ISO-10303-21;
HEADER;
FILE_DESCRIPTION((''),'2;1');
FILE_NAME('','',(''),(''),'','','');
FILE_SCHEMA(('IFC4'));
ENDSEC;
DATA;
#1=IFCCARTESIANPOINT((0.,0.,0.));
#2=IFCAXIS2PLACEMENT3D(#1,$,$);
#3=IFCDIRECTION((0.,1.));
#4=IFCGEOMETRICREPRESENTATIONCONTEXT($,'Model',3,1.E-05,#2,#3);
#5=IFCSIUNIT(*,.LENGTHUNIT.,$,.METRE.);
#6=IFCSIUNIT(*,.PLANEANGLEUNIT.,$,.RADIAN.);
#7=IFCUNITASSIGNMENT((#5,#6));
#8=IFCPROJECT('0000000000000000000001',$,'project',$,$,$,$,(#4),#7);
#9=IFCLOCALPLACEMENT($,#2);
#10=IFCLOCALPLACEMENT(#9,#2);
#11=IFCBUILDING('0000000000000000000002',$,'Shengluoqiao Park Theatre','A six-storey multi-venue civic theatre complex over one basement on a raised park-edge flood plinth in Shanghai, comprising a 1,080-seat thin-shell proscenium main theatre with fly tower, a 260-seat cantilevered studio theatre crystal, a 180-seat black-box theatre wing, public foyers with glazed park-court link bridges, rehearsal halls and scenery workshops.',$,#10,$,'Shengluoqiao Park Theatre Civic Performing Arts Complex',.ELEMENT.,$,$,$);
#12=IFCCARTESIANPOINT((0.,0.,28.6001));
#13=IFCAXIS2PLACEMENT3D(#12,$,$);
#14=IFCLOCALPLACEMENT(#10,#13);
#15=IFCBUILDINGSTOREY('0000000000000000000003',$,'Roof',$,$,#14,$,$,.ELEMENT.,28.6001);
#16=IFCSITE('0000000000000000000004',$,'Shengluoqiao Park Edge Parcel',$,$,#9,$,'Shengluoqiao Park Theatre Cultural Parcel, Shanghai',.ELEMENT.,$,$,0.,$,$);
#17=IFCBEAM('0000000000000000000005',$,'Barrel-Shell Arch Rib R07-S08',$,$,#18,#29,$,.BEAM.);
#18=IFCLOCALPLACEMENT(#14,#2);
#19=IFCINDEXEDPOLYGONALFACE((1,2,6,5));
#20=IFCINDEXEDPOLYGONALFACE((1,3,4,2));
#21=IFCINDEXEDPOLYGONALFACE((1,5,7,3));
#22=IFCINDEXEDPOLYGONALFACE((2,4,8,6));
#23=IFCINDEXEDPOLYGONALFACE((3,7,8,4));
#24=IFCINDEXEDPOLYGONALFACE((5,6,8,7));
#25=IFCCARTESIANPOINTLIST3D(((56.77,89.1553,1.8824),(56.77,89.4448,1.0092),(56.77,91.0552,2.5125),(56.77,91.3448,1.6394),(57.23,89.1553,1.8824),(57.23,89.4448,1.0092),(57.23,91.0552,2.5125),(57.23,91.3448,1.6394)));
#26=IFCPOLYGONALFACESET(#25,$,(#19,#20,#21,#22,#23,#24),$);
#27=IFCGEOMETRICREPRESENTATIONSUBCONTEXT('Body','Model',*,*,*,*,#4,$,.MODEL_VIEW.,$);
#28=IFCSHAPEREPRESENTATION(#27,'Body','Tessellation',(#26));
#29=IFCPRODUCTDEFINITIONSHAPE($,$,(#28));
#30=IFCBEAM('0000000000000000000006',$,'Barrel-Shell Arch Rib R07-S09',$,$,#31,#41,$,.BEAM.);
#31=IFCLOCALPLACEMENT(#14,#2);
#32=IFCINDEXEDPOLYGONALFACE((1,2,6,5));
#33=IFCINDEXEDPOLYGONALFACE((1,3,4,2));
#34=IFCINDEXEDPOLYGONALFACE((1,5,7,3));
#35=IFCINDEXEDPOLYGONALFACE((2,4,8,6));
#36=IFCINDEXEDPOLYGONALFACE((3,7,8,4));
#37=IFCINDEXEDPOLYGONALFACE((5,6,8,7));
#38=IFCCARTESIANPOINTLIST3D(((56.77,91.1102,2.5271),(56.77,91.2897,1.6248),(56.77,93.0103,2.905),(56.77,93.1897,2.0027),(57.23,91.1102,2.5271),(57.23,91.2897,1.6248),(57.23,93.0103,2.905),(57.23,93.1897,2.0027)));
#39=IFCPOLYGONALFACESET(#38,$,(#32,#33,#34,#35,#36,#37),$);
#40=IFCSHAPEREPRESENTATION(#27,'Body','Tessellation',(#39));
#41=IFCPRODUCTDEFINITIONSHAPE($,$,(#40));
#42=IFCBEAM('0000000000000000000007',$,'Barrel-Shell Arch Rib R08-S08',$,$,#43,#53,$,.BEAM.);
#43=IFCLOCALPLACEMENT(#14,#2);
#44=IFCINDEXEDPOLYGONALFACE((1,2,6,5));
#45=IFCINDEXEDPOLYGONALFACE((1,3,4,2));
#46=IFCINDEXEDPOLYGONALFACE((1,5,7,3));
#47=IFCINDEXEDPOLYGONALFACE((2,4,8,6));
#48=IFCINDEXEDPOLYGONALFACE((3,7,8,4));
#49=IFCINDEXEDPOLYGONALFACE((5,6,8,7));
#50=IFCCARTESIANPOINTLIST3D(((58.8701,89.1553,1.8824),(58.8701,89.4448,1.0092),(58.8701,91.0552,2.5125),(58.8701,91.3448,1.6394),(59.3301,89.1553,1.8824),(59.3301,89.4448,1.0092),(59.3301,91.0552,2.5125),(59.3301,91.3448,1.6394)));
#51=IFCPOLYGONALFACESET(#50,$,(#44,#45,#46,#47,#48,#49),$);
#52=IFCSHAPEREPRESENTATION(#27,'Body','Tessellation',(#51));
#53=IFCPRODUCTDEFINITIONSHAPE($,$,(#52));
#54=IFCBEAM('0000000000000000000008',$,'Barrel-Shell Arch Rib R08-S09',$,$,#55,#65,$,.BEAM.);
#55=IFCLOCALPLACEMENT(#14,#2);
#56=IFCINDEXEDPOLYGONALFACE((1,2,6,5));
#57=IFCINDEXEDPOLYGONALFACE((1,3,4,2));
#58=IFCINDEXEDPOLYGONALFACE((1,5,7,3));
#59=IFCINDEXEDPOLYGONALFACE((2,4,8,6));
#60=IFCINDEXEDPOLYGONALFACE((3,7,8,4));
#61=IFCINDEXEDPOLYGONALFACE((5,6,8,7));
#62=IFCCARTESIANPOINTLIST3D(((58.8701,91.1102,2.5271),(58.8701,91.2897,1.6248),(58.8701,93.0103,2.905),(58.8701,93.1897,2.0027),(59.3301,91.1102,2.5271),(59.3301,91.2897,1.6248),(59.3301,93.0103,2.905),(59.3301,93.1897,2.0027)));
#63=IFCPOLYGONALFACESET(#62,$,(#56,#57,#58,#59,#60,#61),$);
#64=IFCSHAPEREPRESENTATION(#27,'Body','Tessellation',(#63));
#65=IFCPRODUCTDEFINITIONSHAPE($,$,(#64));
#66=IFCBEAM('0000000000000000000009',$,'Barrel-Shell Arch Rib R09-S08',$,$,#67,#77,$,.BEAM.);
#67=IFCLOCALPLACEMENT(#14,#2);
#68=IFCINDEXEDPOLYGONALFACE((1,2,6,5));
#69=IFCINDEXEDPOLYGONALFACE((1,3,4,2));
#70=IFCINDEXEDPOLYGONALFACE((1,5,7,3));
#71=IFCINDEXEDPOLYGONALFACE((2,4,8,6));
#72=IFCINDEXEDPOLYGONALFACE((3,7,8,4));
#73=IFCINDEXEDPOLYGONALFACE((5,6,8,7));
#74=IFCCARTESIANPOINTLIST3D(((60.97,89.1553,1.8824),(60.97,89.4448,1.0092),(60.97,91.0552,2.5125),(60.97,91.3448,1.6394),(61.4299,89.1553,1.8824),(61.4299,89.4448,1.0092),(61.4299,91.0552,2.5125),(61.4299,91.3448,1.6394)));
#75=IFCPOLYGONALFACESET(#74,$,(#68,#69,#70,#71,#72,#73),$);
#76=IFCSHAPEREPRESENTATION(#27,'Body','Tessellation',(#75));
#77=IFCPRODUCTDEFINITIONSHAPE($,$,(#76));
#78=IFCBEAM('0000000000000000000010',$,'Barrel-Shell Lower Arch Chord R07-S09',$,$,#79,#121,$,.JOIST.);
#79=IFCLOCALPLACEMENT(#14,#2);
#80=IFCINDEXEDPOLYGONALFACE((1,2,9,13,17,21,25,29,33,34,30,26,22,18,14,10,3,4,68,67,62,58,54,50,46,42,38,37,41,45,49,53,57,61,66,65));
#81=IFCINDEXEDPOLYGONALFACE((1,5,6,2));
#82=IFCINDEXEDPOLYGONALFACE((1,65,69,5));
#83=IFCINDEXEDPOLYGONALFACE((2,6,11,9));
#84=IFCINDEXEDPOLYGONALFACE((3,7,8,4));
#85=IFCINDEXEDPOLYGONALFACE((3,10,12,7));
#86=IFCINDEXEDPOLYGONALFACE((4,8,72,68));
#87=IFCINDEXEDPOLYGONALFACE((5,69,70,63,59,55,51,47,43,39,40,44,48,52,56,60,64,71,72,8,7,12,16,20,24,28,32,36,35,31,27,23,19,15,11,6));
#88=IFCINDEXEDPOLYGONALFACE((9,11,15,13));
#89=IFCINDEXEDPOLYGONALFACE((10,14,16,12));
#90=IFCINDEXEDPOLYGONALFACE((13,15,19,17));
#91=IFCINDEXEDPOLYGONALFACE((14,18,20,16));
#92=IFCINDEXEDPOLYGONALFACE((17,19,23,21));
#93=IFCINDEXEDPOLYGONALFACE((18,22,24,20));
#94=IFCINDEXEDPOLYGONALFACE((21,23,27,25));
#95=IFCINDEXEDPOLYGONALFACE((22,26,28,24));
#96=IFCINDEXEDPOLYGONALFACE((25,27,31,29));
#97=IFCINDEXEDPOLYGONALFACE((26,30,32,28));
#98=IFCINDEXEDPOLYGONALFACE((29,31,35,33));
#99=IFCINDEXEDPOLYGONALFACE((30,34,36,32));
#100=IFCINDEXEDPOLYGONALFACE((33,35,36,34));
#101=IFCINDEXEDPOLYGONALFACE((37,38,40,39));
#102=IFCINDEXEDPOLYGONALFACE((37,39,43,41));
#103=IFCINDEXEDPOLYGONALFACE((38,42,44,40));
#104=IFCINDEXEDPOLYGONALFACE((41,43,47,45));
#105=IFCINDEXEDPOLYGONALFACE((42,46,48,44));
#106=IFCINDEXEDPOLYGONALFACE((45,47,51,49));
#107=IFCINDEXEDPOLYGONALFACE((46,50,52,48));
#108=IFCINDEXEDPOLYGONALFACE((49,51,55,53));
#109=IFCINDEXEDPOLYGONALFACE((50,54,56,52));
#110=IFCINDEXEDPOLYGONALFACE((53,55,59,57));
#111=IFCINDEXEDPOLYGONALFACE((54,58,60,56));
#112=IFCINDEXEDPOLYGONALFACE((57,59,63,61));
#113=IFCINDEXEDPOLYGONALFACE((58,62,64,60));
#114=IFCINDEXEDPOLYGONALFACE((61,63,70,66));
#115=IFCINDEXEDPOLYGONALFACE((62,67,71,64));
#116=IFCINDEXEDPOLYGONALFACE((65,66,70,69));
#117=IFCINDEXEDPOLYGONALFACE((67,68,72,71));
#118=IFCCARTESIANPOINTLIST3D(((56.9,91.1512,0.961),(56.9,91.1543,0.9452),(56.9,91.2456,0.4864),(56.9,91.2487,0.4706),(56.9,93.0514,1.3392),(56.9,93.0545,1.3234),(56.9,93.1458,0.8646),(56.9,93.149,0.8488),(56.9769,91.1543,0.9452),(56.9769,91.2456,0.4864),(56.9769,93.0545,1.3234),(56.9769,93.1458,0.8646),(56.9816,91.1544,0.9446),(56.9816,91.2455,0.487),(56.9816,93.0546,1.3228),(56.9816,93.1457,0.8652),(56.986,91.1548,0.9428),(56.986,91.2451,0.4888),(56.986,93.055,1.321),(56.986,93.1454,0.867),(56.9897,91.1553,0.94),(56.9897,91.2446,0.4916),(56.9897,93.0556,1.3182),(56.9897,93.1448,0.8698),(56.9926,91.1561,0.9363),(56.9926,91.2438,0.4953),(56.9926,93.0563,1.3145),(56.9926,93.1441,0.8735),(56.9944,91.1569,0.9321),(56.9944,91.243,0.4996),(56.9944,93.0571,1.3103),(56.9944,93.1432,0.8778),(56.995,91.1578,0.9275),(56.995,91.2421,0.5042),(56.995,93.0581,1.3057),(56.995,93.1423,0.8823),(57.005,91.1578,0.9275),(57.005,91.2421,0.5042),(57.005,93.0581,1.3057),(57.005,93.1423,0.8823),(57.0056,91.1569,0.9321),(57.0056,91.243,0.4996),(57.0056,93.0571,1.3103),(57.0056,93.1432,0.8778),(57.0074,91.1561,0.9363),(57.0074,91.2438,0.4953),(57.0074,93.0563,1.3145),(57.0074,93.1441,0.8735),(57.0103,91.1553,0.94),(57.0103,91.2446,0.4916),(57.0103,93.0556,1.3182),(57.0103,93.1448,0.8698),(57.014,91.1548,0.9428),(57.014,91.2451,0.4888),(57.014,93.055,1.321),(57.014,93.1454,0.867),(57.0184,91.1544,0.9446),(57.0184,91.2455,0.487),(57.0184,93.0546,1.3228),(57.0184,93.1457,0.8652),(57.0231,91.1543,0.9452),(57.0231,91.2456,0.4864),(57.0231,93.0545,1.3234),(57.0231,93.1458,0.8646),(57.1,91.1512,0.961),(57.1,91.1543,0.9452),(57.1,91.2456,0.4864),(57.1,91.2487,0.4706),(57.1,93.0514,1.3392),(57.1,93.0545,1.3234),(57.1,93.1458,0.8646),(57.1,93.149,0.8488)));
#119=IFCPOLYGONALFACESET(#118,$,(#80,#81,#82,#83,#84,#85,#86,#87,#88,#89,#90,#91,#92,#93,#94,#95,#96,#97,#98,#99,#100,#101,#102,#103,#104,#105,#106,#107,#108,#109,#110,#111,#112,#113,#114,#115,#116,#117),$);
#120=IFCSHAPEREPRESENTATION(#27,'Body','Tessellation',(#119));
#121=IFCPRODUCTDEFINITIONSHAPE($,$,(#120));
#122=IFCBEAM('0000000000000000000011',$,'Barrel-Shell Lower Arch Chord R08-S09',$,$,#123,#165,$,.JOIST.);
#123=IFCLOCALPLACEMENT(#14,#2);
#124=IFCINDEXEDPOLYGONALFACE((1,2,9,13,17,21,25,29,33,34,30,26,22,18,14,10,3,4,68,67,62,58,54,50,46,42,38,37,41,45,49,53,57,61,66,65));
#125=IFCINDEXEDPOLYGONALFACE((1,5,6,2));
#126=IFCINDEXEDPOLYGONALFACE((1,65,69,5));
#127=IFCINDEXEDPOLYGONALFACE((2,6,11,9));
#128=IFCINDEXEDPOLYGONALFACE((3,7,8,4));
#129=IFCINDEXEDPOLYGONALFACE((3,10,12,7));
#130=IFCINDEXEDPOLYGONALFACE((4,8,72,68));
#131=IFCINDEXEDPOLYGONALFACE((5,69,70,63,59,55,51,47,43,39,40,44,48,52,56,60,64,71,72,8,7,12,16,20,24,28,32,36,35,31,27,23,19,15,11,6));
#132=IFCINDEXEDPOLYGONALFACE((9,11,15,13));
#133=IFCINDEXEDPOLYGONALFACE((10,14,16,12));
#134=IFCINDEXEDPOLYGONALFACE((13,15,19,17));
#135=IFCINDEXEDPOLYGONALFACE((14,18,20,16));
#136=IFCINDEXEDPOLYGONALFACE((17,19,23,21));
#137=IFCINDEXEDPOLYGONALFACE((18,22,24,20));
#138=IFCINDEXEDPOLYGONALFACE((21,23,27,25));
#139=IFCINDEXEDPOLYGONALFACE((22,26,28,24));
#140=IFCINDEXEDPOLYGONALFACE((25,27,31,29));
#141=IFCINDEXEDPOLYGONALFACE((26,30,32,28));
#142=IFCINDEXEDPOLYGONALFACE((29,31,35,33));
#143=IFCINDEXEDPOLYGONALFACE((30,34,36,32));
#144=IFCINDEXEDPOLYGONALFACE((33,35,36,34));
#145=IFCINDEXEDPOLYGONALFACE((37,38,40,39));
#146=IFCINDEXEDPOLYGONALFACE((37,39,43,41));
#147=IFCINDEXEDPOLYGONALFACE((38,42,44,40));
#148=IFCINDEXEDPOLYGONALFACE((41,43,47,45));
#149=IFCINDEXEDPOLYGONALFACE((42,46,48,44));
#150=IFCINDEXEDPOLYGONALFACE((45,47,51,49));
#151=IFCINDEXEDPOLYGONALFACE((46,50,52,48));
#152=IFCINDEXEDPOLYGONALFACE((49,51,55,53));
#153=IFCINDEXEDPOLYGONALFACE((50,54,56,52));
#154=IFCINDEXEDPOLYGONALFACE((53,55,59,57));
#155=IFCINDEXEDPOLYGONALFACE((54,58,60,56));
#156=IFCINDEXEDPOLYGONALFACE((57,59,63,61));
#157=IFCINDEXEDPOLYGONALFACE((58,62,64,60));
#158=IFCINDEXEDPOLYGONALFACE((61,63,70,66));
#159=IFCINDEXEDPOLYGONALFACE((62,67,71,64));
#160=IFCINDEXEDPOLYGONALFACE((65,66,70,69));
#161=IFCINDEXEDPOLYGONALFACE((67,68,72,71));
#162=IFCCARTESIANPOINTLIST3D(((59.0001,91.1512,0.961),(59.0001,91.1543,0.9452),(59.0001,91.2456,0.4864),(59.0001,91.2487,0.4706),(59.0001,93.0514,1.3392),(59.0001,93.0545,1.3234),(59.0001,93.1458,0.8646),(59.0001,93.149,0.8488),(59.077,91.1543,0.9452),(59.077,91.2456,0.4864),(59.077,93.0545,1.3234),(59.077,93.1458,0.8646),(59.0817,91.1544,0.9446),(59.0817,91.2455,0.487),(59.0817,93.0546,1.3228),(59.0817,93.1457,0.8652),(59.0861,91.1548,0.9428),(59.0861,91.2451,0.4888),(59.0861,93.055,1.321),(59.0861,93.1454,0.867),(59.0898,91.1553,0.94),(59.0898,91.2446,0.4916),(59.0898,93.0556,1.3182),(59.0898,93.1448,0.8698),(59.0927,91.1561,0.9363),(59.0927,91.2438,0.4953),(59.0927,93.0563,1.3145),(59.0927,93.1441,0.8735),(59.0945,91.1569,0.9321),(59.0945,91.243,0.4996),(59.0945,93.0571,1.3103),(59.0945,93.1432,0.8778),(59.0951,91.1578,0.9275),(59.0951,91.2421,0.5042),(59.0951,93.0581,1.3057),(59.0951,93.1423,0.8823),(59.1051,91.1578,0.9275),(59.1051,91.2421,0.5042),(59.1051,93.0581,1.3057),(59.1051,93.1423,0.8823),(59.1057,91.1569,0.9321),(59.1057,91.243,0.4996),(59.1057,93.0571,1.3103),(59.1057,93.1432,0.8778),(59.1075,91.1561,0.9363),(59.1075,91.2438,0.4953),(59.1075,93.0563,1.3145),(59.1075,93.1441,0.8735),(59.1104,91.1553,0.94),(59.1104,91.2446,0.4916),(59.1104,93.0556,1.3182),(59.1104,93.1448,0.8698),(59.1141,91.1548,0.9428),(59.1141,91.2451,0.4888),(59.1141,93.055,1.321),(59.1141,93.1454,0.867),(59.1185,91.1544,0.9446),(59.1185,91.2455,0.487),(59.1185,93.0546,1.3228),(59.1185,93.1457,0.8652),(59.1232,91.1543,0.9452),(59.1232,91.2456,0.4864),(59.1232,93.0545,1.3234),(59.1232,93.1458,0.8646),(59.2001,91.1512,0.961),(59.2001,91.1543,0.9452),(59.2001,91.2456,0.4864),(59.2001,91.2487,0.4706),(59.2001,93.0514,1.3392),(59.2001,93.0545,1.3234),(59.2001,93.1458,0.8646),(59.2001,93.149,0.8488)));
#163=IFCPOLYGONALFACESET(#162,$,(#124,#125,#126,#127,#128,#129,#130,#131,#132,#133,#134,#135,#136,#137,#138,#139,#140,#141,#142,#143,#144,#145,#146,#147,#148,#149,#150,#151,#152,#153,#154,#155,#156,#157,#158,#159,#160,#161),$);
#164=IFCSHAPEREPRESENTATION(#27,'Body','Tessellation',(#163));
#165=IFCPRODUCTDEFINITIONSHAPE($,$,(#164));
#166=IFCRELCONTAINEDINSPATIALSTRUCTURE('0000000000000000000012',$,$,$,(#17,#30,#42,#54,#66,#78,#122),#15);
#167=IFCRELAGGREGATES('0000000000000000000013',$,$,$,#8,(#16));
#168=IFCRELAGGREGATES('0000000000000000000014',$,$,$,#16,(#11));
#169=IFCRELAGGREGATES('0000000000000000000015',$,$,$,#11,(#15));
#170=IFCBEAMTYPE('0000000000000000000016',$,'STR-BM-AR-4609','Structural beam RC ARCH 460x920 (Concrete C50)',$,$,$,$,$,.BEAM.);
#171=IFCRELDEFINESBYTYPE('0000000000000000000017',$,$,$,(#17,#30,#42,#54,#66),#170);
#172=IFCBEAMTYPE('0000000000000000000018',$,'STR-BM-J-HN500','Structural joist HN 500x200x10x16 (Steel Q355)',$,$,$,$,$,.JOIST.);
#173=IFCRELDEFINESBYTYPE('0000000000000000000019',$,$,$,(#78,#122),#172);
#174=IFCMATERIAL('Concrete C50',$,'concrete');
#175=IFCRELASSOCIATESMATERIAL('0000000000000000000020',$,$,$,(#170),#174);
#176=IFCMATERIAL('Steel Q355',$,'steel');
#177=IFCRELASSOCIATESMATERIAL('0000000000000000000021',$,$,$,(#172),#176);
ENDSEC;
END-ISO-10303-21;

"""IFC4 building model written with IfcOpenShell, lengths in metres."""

from ifc_helpers import new_model, si_unit, direction, frame, origin, origin_2d, place, context, subcontext, project, spatial, rectangle, i_section, extrude, material, material_profile, profile_set, type_object, element, save


model = new_model("IFC4")

# Units and contexts
model_context = context("Model", 3, precision=1e-05, world=origin(), true_north=direction((0.0, 1.0)))
body_context = subcontext(model_context, "Body", "Model", "MODEL_VIEW")
ifc_project = project(units=[si_unit("LENGTHUNIT", "METRE"), si_unit("PLANEANGLEUNIT", "RADIAN")], contexts=[model_context])

# Site, building, storey
site_placement = place(None, origin())
site = spatial("IfcSite", under=ifc_project, at=site_placement, Name="Shengluoqiao Park Edge Parcel", LongName="Shengluoqiao Park Theatre Cultural Parcel, Shanghai", CompositionType="ELEMENT", RefElevation=0.0)
building_placement = place(site_placement, origin())
building = spatial("IfcBuilding", under=site, at=building_placement, Name="Shengluoqiao Park Theatre", Description="A six-storey multi-venue civic theatre complex over one basement on a raised park-edge flood plinth in Shanghai, comprising a 1,080-seat thin-shell proscenium main theatre with fly tower, a 260-seat cantilevered studio theatre crystal, a 180-seat black-box theatre wing, public foyers with glazed park-court link bridges, rehearsal halls and scenery workshops.", LongName="Shengluoqiao Park Theatre Civic Performing Arts Complex", CompositionType="ELEMENT")
storey_placement = place(building_placement, frame((0.0, 0.0, 28.6001)))
storey = spatial("IfcBuildingStorey", under=building, at=storey_placement, Name="Roof", CompositionType="ELEMENT", Elevation=28.6001)

# Beams
ifc_material_1 = material(Name="Concrete C50", Category="concrete")
ifc_material_profile_1 = material_profile(ifc_material_1, rectangle(XDim=0.46, YDim=0.9199, at=origin_2d()), Name="RC ARCH 460x920")
ifc_profile_set_1 = profile_set([ifc_material_profile_1], Name="Concrete C50")
beam_type_1 = type_object("IfcBeamType", Name="STR-BM-AR-4609", Description="Structural beam RC ARCH 460x920 (Concrete C50)", PredefinedType="BEAM", material=ifc_profile_set_1)
beam_1_placement = place(storey_placement, frame((57.0, 89.3, 1.4458), z_axis=(0.0, 0.949158, 0.3148), x_axis=(-1.0, 0.0, 0.0)))
element("IfcBeam", 1, at=beam_1_placement, inside=storey, type_object=beam_type_1, Name="Barrel-Shell Arch Rib R07-S08", PredefinedType="BEAM", context=body_context, shape_type="SweptSolid", body=[
    extrude(rectangle(XDim=0.46, YDim=0.9199, at=origin_2d()), origin(), (0.0, 0.0, 1.0), 2.0017),
])
beam_2_placement = place(storey_placement, frame((57.0, 91.2, 2.0759), z_axis=(0.0, 0.980789, 0.195074), x_axis=(-1.0, 0.0, 0.0)))
element("IfcBeam", 2, at=beam_2_placement, inside=storey, type_object=beam_type_1, Name="Barrel-Shell Arch Rib R07-S09", PredefinedType="BEAM", context=body_context, shape_type="SweptSolid", body=[
    extrude(rectangle(XDim=0.46, YDim=0.9199, at=origin_2d()), origin(), (0.0, 0.0, 1.0), 1.9373),
])
beam_3_placement = place(storey_placement, frame((59.1001, 89.3, 1.4458), z_axis=(0.0, 0.949158, 0.3148), x_axis=(-1.0, 0.0, 0.0)))
element("IfcBeam", 3, at=beam_3_placement, inside=storey, type_object=beam_type_1, Name="Barrel-Shell Arch Rib R08-S08", PredefinedType="BEAM", context=body_context, shape_type="SweptSolid", body=[
    extrude(rectangle(XDim=0.46, YDim=0.9199, at=origin_2d()), origin(), (0.0, 0.0, 1.0), 2.0017),
])
beam_4_placement = place(storey_placement, frame((59.1001, 91.2, 2.0759), z_axis=(0.0, 0.980789, 0.195074), x_axis=(-1.0, 0.0, 0.0)))
element("IfcBeam", 4, at=beam_4_placement, inside=storey, type_object=beam_type_1, Name="Barrel-Shell Arch Rib R08-S09", PredefinedType="BEAM", context=body_context, shape_type="SweptSolid", body=[
    extrude(rectangle(XDim=0.46, YDim=0.9199, at=origin_2d()), origin(), (0.0, 0.0, 1.0), 1.9373),
])
beam_5_placement = place(storey_placement, frame((61.2, 89.3, 1.4458), z_axis=(0.0, 0.949158, 0.3148), x_axis=(-1.0, 0.0, 0.0)))
element("IfcBeam", 5, at=beam_5_placement, inside=storey, type_object=beam_type_1, Name="Barrel-Shell Arch Rib R09-S08", PredefinedType="BEAM", context=body_context, shape_type="SweptSolid", body=[
    extrude(rectangle(XDim=0.46, YDim=0.9199, at=origin_2d()), origin(), (0.0, 0.0, 1.0), 2.0017),
])
ifc_material_2 = material(Name="Steel Q355", Category="steel")
ifc_material_profile_2 = material_profile(ifc_material_2, i_section(OverallWidth=0.2, OverallDepth=0.5, WebThickness=0.01, FlangeThickness=0.0161, FilletRadius=0.0181, at=origin_2d()), Name="HN 500x200x10x16")
ifc_profile_set_2 = profile_set([ifc_material_profile_2], Name="Steel Q355")
beam_type_2 = type_object("IfcBeamType", Name="STR-BM-J-HN500", Description="Structural joist HN 500x200x10x16 (Steel Q355)", PredefinedType="JOIST", material=ifc_profile_set_2)
for number, where, z_axis, x_axis, name in (
    (6, (57.0, 91.2, 0.7158), (0.0, 0.980764, 0.195195), (-1.0, 0.0, 0.0), "Barrel-Shell Lower Arch Chord R07-S09"),
    (7, (59.1001, 91.2, 0.7158), (0.0, 0.980764, 0.195195), (-1.0, 0.0, 0.0), "Barrel-Shell Lower Arch Chord R08-S09"),
):
    element("IfcBeam", number, at=place(storey_placement, frame(where, z_axis=z_axis, x_axis=x_axis)), inside=storey, type_object=beam_type_2, Name=name, PredefinedType="JOIST", context=body_context, shape_type="SweptSolid", body=[
        extrude(i_section(OverallWidth=0.2, OverallDepth=0.5, WebThickness=0.01, FlangeThickness=0.0161, FilletRadius=0.0181, at=origin_2d()), origin(), (0.0, 0.0, 1.0), 1.9375),
    ])

save(model, "model.ifc")
